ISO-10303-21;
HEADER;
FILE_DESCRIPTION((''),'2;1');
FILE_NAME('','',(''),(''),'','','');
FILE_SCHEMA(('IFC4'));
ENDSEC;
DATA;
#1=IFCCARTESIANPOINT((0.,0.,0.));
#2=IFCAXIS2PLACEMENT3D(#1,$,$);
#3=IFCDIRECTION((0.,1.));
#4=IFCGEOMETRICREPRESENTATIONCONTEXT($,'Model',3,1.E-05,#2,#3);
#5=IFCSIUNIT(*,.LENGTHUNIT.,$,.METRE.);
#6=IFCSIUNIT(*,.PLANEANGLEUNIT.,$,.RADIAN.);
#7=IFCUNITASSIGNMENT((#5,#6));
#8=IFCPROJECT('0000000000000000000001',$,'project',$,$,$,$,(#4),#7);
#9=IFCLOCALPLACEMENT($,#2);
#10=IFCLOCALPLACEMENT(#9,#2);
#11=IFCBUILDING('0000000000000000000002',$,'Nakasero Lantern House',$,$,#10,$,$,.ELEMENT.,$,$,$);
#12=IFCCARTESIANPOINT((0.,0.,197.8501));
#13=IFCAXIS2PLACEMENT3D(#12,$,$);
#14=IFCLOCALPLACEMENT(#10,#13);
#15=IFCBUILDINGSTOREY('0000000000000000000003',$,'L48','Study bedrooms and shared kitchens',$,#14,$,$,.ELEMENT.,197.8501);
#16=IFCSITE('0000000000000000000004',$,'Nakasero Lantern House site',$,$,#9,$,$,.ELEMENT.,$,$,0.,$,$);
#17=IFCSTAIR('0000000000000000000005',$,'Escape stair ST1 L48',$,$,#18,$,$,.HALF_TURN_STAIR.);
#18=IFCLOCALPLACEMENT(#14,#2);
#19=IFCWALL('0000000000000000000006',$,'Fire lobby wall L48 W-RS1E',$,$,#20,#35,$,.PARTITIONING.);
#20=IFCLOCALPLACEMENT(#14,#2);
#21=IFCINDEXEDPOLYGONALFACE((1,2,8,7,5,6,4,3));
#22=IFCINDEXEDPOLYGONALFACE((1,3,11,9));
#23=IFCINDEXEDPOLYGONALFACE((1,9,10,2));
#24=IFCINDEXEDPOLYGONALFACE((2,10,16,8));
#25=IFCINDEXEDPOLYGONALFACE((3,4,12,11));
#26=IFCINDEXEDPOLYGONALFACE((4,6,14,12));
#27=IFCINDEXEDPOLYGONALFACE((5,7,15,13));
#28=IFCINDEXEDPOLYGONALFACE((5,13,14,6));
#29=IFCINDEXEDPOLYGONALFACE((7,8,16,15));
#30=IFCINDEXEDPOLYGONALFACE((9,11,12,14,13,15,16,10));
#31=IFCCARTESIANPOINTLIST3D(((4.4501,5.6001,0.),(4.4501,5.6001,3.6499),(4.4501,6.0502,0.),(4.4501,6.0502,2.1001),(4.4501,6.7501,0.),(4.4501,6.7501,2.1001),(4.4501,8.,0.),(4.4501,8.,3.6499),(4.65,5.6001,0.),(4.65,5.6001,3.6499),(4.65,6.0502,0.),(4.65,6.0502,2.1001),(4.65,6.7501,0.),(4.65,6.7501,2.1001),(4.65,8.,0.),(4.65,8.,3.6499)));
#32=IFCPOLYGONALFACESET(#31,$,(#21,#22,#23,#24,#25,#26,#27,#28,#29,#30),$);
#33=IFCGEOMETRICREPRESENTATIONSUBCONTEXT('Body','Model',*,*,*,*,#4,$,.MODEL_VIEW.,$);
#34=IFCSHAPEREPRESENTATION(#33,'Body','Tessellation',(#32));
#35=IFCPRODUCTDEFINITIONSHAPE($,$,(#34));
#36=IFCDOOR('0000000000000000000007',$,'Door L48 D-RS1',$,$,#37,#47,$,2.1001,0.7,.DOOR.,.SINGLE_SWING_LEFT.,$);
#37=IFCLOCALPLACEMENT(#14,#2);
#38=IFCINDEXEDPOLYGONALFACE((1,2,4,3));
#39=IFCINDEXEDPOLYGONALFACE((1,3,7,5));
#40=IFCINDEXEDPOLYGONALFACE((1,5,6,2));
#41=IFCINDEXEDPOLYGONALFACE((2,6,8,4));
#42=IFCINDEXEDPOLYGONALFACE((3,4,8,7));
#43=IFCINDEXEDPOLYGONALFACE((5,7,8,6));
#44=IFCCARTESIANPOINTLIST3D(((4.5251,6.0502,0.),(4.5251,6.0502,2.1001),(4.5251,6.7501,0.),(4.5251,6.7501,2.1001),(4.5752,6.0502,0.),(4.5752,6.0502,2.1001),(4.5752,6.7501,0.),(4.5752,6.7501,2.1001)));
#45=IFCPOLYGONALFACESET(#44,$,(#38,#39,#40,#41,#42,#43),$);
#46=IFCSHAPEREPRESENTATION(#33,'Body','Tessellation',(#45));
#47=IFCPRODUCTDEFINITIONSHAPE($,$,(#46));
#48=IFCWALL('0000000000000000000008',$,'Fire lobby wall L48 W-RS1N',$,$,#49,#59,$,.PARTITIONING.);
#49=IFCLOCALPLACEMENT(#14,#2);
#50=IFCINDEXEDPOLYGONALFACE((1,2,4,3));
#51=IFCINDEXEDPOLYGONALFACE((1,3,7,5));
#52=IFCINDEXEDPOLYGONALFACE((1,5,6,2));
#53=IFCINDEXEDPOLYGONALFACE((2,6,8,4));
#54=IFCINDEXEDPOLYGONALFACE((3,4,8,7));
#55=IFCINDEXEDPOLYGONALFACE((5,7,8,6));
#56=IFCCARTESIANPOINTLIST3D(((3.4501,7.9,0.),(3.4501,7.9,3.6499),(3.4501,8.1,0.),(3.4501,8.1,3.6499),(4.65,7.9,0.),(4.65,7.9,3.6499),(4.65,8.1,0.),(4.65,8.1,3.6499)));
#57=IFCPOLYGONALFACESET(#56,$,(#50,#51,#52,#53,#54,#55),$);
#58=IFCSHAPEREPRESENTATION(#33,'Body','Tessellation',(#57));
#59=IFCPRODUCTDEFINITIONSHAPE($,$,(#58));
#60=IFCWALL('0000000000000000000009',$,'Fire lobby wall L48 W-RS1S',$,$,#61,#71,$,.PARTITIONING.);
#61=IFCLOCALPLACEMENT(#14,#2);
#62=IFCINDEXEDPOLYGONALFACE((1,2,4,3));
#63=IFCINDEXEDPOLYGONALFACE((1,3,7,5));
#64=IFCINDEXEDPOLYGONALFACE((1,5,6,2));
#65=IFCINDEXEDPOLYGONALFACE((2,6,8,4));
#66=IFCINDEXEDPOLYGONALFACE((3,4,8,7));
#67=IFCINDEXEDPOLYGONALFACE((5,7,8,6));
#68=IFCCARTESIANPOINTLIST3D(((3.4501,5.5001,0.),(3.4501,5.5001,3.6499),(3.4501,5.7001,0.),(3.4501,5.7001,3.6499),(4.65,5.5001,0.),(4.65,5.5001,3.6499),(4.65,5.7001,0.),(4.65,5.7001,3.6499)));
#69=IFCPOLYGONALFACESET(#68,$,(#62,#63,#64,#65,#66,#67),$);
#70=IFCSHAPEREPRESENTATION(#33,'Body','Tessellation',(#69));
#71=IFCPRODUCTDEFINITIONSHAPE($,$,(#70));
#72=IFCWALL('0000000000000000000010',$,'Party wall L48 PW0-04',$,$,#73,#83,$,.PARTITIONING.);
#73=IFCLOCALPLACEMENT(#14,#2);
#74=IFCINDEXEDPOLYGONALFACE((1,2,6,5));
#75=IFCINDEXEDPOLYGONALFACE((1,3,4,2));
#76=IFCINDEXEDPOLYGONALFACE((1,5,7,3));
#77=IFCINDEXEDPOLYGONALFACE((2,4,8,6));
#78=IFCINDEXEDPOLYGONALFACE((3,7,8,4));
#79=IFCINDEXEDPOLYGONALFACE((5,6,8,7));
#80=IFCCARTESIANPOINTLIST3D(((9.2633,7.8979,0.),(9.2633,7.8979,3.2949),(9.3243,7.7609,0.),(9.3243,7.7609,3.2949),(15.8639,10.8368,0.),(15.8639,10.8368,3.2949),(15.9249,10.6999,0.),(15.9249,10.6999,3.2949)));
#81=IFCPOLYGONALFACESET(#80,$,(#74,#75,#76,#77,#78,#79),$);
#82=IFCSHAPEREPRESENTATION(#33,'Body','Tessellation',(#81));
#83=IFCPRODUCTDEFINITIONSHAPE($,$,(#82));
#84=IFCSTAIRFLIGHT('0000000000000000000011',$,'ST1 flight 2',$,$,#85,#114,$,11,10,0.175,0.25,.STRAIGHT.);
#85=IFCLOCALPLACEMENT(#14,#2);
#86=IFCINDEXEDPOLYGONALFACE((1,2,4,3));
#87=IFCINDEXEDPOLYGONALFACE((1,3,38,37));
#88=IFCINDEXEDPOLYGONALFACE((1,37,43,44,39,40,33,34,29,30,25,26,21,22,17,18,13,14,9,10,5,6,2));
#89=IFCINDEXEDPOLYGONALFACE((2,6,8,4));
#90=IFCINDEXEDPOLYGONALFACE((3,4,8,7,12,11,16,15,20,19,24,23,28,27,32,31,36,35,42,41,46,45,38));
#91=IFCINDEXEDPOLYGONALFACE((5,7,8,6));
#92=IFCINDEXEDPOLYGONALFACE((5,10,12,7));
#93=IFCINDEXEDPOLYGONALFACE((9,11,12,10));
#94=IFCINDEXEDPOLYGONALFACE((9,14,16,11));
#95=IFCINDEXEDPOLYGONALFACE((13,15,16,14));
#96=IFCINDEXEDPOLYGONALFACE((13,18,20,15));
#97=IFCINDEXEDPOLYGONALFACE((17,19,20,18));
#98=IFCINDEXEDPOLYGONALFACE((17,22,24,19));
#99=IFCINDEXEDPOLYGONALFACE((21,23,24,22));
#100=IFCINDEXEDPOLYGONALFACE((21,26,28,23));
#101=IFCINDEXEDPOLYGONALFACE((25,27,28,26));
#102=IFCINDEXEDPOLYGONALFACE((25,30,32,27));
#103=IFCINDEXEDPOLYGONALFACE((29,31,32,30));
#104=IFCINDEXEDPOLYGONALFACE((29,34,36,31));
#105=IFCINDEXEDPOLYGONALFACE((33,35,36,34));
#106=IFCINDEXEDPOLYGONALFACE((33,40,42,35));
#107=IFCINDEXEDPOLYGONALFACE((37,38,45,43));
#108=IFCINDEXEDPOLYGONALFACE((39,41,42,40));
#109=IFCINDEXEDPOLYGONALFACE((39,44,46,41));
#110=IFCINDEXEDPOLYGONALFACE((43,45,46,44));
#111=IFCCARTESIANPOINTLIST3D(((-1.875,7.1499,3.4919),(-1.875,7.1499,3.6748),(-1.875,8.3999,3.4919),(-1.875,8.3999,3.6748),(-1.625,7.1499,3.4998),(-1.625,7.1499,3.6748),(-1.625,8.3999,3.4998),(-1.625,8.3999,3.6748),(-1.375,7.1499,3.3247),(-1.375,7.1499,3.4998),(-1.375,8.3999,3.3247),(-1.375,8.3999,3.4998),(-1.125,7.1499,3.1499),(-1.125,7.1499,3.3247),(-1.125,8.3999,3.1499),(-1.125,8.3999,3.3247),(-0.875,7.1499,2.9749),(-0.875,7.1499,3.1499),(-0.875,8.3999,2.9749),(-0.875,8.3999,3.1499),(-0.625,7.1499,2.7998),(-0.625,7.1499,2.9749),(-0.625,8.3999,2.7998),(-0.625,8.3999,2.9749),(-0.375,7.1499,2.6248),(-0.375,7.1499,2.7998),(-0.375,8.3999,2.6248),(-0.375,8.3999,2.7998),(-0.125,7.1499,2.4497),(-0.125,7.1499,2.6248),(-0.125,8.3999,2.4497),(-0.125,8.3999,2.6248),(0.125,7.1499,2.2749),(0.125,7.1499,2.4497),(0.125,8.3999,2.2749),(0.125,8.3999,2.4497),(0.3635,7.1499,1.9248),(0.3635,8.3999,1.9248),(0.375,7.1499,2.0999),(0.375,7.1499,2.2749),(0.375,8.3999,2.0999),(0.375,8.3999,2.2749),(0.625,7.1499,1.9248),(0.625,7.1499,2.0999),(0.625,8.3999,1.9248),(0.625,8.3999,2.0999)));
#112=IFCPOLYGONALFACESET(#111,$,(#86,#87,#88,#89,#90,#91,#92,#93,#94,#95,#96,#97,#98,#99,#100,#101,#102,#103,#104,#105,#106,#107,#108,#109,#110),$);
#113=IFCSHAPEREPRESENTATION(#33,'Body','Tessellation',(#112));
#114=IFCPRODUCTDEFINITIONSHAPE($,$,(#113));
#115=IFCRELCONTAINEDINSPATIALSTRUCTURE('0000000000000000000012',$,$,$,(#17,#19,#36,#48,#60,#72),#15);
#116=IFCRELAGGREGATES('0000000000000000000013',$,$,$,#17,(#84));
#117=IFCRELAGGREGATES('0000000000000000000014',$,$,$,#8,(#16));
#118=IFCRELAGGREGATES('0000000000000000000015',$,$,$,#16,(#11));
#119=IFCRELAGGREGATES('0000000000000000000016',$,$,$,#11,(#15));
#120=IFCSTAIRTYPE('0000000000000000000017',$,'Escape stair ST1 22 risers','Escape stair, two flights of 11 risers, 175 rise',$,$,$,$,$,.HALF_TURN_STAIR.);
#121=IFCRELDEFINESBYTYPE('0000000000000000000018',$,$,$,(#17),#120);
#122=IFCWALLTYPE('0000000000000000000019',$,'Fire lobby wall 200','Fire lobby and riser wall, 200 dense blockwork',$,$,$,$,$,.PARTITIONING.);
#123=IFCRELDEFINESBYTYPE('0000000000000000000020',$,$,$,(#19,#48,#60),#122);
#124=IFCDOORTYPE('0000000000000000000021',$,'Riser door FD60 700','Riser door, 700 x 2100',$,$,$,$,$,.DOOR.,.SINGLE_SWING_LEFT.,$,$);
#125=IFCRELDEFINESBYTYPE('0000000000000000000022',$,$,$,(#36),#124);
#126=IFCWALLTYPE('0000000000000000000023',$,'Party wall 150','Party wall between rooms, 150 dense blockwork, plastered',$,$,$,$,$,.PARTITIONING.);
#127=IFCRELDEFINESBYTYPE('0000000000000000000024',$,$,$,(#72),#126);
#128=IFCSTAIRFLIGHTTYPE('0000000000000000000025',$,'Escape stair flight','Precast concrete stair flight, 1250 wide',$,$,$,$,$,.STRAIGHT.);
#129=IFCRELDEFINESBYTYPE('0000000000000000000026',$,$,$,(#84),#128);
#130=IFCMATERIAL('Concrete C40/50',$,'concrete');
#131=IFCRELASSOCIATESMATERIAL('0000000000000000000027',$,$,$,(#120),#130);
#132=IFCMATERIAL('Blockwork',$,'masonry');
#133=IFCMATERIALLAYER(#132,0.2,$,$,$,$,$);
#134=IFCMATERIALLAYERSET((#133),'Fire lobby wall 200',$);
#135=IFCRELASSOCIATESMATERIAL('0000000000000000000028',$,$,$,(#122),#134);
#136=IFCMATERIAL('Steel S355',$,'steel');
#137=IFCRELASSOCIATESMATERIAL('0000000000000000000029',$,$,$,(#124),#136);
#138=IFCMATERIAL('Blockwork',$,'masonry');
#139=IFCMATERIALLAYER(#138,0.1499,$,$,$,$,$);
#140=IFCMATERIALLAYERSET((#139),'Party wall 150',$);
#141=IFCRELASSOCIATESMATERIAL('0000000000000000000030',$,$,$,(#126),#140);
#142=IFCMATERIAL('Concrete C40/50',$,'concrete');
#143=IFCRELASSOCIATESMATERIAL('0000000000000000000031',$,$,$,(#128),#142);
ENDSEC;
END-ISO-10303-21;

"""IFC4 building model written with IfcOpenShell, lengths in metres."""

from ifc_helpers import new_model, si_unit, direction, frame, frame_2d, origin, place, context, subcontext, project, spatial, polyline, rectangle, outline, extrude, material, layer, layer_set, type_object, element, fill, aggregate, save


model = new_model("IFC4")

# Units and contexts
model_context = context("Model", 3, precision=1e-05, world=origin(), true_north=direction((0.0, 1.0)))
body_context = subcontext(model_context, "Body", "Model", "MODEL_VIEW")
ifc_project = project(units=[si_unit("LENGTHUNIT", "METRE"), si_unit("PLANEANGLEUNIT", "RADIAN")], contexts=[model_context])

# Site, building, storey
site_placement = place(None, origin())
site = spatial("IfcSite", under=ifc_project, at=site_placement, Name="Nakasero Lantern House site", CompositionType="ELEMENT", RefElevation=0.0)
building_placement = place(site_placement, origin())
building = spatial("IfcBuilding", under=site, at=building_placement, Name="Nakasero Lantern House", CompositionType="ELEMENT")
storey_placement = place(building_placement, frame((0.0, 0.0, 197.8501)))
storey = spatial("IfcBuildingStorey", under=building, at=storey_placement, Name="L48", Description="Study bedrooms and shared kitchens", CompositionType="ELEMENT", Elevation=197.8501)

# Stair
ifc_material_1 = material(Name="Concrete C40/50", Category="concrete")
stair_type_1 = type_object("IfcStairType", Name="Escape stair ST1 22 risers", Description="Escape stair, two flights of 11 risers, 175 rise", PredefinedType="HALF_TURN_STAIR", material=ifc_material_1)
stair_1_placement = place(storey_placement, origin())
stair_1 = element("IfcStair", 1, at=stair_1_placement, inside=storey, type_object=stair_type_1, Name="Escape stair ST1 L48", PredefinedType="HALF_TURN_STAIR")

# Wall, opening, door
ifc_material_2 = material(Name="Blockwork", Category="masonry")
ifc_layer_1 = layer(ifc_material_2, 0.2)
ifc_layer_set_1 = layer_set([ifc_layer_1], Name="Fire lobby wall 200")
wall_type_1 = type_object("IfcWallType", Name="Fire lobby wall 200", Description="Fire lobby and riser wall, 200 dense blockwork", PredefinedType="PARTITIONING", material=ifc_layer_set_1)
wall_1_placement = place(storey_placement, frame((4.55, 5.6001, 0.0), z_axis=(0.0, 0.0, 1.0), x_axis=(0.0, 1.0, 0.0)))
wall_1 = element("IfcWall", 2, at=wall_1_placement, inside=storey, type_object=wall_type_1, Name="Fire lobby wall L48 W-RS1E", PredefinedType="PARTITIONING", context=body_context, shape_type="SweptSolid", body=[
    extrude(rectangle(XDim=2.3999, YDim=0.2, at=frame_2d((1.2, 0.0))), origin(), (0.0, 0.0, 1.0), 3.6499),
])
opening_1_placement = place(wall_1_placement, frame((0.45, 0.0, 0.0)))
opening_1 = element("IfcOpeningElement", 3, at=opening_1_placement, cuts=wall_1, PredefinedType="OPENING", context=body_context, shape_type="SweptSolid", body=[
    extrude(rectangle(XDim=0.7, YDim=2.1001, at=frame_2d((0.3501, 1.05))), frame((0.0, 0.1199, 0.0), z_axis=(0.0, -1.0, 0.0), x_axis=(1.0, 0.0, 0.0)), (0.0, 0.0, 1.0), 0.24),
])
ifc_material_3 = material(Name="Steel S355", Category="steel")
door_type_1 = type_object("IfcDoorType", Name="Riser door FD60 700", Description="Riser door, 700 x 2100", OperationType="SINGLE_SWING_LEFT", PredefinedType="DOOR", material=ifc_material_3)
door_1_placement = place(opening_1_placement, origin())
door_1 = element("IfcDoor", 4, at=door_1_placement, inside=storey, type_object=door_type_1, Name="Door L48 D-RS1", OperationType="SINGLE_SWING_LEFT", OverallHeight=2.1001, OverallWidth=0.7, PredefinedType="DOOR", context=body_context, shape_type="SweptSolid", body=[
    extrude(rectangle(XDim=0.7, YDim=2.1001, at=frame_2d((0.3501, 1.05))), frame((0.0, 0.0249, 0.0), z_axis=(0.0, -1.0, 0.0), x_axis=(1.0, 0.0, 0.0)), (0.0, 0.0, 1.0), 0.05),
])
fill(opening_1, door_1)

# Walls
for number, where, z_axis, x_axis, name in (
    (5, (3.45, 8.0, 0.0), (0.0, 0.0, 1.0), (1.0, 0.0, 0.0), "Fire lobby wall L48 W-RS1N"),
    (6, (3.45, 5.6001, 0.0), (0.0, 0.0, 1.0), (1.0, 0.0, 0.0), "Fire lobby wall L48 W-RS1S"),
):
    element("IfcWall", number, at=place(storey_placement, frame(where, z_axis=z_axis, x_axis=x_axis)), inside=storey, type_object=wall_type_1, Name=name, PredefinedType="PARTITIONING", context=body_context, shape_type="SweptSolid", body=[
        extrude(rectangle(XDim=1.2, YDim=0.2, at=frame_2d((0.6001, 0.0))), origin(), (0.0, 0.0, 1.0), 3.6499),
    ])
ifc_material_4 = material(Name="Blockwork", Category="masonry")
ifc_layer_2 = layer(ifc_material_4, 0.1499)
ifc_layer_set_2 = layer_set([ifc_layer_2], Name="Party wall 150")
wall_type_2 = type_object("IfcWallType", Name="Party wall 150", Description="Party wall between rooms, 150 dense blockwork, plastered", PredefinedType="PARTITIONING", material=ifc_layer_set_2)
wall_2_placement = place(storey_placement, frame((9.2937, 7.8293, 0.0), z_axis=(0.0, 0.0, 1.0), x_axis=(0.913535, 0.406759, 0.0)))
element("IfcWall", 7, at=wall_2_placement, inside=storey, type_object=wall_type_2, Name="Party wall L48 PW0-04", PredefinedType="PARTITIONING", context=body_context, shape_type="SweptSolid", body=[
    extrude(rectangle(XDim=7.2253, YDim=0.1499, at=frame_2d((3.6128, 0.0))), origin(), (0.0, 0.0, 1.0), 3.2949),
])

# Stair flight
ifc_material_5 = material(Name="Concrete C40/50", Category="concrete")
stair_flight_type = type_object("IfcStairFlightType", Name="Escape stair flight", Description="Precast concrete stair flight, 1250 wide", PredefinedType="STRAIGHT", material=ifc_material_5)
stair_flight_placement = place(storey_placement, frame((0.625, 7.7749, 1.9248), z_axis=(0.0, 0.0, 1.0), x_axis=(-1.0, 0.0, 0.0)))
stair_flight = element("IfcStairFlight", 8, at=stair_flight_placement, type_object=stair_flight_type, Name="ST1 flight 2", NumberOfRisers=11, NumberOfTreads=10, PredefinedType="STRAIGHT", RiserHeight=0.175, TreadLength=0.25, context=body_context, shape_type="SweptSolid", body=[
    extrude(outline(polyline([(0.0, 0.0), (0.0, 0.175), (0.25, 0.175), (0.25, 0.3501), (0.5, 0.3501), (0.5, 0.5249), (0.75, 0.5249), (0.75, 0.7), (1.0, 0.7), (1.0, 0.875), (1.25, 0.875), (1.25, 1.05), (1.5, 1.05), (1.5, 1.2251), (1.75, 1.2251), (1.75, 1.3999), (2.0, 1.3999), (2.0, 1.575), (2.25, 1.575), (2.25, 1.75), (2.5, 1.75), (2.5, 1.925), (2.5, 1.5671), (0.2615, 0.0), (0.0, 0.0)])), frame((0.0, 0.625, 0.0), z_axis=(0.0, -1.0, 0.0), x_axis=(1.0, 0.0, 0.0)), (0.0, 0.0, 1.0), 1.25),
])
aggregate(stair_1, [stair_flight])

save(model, "model.ifc")
